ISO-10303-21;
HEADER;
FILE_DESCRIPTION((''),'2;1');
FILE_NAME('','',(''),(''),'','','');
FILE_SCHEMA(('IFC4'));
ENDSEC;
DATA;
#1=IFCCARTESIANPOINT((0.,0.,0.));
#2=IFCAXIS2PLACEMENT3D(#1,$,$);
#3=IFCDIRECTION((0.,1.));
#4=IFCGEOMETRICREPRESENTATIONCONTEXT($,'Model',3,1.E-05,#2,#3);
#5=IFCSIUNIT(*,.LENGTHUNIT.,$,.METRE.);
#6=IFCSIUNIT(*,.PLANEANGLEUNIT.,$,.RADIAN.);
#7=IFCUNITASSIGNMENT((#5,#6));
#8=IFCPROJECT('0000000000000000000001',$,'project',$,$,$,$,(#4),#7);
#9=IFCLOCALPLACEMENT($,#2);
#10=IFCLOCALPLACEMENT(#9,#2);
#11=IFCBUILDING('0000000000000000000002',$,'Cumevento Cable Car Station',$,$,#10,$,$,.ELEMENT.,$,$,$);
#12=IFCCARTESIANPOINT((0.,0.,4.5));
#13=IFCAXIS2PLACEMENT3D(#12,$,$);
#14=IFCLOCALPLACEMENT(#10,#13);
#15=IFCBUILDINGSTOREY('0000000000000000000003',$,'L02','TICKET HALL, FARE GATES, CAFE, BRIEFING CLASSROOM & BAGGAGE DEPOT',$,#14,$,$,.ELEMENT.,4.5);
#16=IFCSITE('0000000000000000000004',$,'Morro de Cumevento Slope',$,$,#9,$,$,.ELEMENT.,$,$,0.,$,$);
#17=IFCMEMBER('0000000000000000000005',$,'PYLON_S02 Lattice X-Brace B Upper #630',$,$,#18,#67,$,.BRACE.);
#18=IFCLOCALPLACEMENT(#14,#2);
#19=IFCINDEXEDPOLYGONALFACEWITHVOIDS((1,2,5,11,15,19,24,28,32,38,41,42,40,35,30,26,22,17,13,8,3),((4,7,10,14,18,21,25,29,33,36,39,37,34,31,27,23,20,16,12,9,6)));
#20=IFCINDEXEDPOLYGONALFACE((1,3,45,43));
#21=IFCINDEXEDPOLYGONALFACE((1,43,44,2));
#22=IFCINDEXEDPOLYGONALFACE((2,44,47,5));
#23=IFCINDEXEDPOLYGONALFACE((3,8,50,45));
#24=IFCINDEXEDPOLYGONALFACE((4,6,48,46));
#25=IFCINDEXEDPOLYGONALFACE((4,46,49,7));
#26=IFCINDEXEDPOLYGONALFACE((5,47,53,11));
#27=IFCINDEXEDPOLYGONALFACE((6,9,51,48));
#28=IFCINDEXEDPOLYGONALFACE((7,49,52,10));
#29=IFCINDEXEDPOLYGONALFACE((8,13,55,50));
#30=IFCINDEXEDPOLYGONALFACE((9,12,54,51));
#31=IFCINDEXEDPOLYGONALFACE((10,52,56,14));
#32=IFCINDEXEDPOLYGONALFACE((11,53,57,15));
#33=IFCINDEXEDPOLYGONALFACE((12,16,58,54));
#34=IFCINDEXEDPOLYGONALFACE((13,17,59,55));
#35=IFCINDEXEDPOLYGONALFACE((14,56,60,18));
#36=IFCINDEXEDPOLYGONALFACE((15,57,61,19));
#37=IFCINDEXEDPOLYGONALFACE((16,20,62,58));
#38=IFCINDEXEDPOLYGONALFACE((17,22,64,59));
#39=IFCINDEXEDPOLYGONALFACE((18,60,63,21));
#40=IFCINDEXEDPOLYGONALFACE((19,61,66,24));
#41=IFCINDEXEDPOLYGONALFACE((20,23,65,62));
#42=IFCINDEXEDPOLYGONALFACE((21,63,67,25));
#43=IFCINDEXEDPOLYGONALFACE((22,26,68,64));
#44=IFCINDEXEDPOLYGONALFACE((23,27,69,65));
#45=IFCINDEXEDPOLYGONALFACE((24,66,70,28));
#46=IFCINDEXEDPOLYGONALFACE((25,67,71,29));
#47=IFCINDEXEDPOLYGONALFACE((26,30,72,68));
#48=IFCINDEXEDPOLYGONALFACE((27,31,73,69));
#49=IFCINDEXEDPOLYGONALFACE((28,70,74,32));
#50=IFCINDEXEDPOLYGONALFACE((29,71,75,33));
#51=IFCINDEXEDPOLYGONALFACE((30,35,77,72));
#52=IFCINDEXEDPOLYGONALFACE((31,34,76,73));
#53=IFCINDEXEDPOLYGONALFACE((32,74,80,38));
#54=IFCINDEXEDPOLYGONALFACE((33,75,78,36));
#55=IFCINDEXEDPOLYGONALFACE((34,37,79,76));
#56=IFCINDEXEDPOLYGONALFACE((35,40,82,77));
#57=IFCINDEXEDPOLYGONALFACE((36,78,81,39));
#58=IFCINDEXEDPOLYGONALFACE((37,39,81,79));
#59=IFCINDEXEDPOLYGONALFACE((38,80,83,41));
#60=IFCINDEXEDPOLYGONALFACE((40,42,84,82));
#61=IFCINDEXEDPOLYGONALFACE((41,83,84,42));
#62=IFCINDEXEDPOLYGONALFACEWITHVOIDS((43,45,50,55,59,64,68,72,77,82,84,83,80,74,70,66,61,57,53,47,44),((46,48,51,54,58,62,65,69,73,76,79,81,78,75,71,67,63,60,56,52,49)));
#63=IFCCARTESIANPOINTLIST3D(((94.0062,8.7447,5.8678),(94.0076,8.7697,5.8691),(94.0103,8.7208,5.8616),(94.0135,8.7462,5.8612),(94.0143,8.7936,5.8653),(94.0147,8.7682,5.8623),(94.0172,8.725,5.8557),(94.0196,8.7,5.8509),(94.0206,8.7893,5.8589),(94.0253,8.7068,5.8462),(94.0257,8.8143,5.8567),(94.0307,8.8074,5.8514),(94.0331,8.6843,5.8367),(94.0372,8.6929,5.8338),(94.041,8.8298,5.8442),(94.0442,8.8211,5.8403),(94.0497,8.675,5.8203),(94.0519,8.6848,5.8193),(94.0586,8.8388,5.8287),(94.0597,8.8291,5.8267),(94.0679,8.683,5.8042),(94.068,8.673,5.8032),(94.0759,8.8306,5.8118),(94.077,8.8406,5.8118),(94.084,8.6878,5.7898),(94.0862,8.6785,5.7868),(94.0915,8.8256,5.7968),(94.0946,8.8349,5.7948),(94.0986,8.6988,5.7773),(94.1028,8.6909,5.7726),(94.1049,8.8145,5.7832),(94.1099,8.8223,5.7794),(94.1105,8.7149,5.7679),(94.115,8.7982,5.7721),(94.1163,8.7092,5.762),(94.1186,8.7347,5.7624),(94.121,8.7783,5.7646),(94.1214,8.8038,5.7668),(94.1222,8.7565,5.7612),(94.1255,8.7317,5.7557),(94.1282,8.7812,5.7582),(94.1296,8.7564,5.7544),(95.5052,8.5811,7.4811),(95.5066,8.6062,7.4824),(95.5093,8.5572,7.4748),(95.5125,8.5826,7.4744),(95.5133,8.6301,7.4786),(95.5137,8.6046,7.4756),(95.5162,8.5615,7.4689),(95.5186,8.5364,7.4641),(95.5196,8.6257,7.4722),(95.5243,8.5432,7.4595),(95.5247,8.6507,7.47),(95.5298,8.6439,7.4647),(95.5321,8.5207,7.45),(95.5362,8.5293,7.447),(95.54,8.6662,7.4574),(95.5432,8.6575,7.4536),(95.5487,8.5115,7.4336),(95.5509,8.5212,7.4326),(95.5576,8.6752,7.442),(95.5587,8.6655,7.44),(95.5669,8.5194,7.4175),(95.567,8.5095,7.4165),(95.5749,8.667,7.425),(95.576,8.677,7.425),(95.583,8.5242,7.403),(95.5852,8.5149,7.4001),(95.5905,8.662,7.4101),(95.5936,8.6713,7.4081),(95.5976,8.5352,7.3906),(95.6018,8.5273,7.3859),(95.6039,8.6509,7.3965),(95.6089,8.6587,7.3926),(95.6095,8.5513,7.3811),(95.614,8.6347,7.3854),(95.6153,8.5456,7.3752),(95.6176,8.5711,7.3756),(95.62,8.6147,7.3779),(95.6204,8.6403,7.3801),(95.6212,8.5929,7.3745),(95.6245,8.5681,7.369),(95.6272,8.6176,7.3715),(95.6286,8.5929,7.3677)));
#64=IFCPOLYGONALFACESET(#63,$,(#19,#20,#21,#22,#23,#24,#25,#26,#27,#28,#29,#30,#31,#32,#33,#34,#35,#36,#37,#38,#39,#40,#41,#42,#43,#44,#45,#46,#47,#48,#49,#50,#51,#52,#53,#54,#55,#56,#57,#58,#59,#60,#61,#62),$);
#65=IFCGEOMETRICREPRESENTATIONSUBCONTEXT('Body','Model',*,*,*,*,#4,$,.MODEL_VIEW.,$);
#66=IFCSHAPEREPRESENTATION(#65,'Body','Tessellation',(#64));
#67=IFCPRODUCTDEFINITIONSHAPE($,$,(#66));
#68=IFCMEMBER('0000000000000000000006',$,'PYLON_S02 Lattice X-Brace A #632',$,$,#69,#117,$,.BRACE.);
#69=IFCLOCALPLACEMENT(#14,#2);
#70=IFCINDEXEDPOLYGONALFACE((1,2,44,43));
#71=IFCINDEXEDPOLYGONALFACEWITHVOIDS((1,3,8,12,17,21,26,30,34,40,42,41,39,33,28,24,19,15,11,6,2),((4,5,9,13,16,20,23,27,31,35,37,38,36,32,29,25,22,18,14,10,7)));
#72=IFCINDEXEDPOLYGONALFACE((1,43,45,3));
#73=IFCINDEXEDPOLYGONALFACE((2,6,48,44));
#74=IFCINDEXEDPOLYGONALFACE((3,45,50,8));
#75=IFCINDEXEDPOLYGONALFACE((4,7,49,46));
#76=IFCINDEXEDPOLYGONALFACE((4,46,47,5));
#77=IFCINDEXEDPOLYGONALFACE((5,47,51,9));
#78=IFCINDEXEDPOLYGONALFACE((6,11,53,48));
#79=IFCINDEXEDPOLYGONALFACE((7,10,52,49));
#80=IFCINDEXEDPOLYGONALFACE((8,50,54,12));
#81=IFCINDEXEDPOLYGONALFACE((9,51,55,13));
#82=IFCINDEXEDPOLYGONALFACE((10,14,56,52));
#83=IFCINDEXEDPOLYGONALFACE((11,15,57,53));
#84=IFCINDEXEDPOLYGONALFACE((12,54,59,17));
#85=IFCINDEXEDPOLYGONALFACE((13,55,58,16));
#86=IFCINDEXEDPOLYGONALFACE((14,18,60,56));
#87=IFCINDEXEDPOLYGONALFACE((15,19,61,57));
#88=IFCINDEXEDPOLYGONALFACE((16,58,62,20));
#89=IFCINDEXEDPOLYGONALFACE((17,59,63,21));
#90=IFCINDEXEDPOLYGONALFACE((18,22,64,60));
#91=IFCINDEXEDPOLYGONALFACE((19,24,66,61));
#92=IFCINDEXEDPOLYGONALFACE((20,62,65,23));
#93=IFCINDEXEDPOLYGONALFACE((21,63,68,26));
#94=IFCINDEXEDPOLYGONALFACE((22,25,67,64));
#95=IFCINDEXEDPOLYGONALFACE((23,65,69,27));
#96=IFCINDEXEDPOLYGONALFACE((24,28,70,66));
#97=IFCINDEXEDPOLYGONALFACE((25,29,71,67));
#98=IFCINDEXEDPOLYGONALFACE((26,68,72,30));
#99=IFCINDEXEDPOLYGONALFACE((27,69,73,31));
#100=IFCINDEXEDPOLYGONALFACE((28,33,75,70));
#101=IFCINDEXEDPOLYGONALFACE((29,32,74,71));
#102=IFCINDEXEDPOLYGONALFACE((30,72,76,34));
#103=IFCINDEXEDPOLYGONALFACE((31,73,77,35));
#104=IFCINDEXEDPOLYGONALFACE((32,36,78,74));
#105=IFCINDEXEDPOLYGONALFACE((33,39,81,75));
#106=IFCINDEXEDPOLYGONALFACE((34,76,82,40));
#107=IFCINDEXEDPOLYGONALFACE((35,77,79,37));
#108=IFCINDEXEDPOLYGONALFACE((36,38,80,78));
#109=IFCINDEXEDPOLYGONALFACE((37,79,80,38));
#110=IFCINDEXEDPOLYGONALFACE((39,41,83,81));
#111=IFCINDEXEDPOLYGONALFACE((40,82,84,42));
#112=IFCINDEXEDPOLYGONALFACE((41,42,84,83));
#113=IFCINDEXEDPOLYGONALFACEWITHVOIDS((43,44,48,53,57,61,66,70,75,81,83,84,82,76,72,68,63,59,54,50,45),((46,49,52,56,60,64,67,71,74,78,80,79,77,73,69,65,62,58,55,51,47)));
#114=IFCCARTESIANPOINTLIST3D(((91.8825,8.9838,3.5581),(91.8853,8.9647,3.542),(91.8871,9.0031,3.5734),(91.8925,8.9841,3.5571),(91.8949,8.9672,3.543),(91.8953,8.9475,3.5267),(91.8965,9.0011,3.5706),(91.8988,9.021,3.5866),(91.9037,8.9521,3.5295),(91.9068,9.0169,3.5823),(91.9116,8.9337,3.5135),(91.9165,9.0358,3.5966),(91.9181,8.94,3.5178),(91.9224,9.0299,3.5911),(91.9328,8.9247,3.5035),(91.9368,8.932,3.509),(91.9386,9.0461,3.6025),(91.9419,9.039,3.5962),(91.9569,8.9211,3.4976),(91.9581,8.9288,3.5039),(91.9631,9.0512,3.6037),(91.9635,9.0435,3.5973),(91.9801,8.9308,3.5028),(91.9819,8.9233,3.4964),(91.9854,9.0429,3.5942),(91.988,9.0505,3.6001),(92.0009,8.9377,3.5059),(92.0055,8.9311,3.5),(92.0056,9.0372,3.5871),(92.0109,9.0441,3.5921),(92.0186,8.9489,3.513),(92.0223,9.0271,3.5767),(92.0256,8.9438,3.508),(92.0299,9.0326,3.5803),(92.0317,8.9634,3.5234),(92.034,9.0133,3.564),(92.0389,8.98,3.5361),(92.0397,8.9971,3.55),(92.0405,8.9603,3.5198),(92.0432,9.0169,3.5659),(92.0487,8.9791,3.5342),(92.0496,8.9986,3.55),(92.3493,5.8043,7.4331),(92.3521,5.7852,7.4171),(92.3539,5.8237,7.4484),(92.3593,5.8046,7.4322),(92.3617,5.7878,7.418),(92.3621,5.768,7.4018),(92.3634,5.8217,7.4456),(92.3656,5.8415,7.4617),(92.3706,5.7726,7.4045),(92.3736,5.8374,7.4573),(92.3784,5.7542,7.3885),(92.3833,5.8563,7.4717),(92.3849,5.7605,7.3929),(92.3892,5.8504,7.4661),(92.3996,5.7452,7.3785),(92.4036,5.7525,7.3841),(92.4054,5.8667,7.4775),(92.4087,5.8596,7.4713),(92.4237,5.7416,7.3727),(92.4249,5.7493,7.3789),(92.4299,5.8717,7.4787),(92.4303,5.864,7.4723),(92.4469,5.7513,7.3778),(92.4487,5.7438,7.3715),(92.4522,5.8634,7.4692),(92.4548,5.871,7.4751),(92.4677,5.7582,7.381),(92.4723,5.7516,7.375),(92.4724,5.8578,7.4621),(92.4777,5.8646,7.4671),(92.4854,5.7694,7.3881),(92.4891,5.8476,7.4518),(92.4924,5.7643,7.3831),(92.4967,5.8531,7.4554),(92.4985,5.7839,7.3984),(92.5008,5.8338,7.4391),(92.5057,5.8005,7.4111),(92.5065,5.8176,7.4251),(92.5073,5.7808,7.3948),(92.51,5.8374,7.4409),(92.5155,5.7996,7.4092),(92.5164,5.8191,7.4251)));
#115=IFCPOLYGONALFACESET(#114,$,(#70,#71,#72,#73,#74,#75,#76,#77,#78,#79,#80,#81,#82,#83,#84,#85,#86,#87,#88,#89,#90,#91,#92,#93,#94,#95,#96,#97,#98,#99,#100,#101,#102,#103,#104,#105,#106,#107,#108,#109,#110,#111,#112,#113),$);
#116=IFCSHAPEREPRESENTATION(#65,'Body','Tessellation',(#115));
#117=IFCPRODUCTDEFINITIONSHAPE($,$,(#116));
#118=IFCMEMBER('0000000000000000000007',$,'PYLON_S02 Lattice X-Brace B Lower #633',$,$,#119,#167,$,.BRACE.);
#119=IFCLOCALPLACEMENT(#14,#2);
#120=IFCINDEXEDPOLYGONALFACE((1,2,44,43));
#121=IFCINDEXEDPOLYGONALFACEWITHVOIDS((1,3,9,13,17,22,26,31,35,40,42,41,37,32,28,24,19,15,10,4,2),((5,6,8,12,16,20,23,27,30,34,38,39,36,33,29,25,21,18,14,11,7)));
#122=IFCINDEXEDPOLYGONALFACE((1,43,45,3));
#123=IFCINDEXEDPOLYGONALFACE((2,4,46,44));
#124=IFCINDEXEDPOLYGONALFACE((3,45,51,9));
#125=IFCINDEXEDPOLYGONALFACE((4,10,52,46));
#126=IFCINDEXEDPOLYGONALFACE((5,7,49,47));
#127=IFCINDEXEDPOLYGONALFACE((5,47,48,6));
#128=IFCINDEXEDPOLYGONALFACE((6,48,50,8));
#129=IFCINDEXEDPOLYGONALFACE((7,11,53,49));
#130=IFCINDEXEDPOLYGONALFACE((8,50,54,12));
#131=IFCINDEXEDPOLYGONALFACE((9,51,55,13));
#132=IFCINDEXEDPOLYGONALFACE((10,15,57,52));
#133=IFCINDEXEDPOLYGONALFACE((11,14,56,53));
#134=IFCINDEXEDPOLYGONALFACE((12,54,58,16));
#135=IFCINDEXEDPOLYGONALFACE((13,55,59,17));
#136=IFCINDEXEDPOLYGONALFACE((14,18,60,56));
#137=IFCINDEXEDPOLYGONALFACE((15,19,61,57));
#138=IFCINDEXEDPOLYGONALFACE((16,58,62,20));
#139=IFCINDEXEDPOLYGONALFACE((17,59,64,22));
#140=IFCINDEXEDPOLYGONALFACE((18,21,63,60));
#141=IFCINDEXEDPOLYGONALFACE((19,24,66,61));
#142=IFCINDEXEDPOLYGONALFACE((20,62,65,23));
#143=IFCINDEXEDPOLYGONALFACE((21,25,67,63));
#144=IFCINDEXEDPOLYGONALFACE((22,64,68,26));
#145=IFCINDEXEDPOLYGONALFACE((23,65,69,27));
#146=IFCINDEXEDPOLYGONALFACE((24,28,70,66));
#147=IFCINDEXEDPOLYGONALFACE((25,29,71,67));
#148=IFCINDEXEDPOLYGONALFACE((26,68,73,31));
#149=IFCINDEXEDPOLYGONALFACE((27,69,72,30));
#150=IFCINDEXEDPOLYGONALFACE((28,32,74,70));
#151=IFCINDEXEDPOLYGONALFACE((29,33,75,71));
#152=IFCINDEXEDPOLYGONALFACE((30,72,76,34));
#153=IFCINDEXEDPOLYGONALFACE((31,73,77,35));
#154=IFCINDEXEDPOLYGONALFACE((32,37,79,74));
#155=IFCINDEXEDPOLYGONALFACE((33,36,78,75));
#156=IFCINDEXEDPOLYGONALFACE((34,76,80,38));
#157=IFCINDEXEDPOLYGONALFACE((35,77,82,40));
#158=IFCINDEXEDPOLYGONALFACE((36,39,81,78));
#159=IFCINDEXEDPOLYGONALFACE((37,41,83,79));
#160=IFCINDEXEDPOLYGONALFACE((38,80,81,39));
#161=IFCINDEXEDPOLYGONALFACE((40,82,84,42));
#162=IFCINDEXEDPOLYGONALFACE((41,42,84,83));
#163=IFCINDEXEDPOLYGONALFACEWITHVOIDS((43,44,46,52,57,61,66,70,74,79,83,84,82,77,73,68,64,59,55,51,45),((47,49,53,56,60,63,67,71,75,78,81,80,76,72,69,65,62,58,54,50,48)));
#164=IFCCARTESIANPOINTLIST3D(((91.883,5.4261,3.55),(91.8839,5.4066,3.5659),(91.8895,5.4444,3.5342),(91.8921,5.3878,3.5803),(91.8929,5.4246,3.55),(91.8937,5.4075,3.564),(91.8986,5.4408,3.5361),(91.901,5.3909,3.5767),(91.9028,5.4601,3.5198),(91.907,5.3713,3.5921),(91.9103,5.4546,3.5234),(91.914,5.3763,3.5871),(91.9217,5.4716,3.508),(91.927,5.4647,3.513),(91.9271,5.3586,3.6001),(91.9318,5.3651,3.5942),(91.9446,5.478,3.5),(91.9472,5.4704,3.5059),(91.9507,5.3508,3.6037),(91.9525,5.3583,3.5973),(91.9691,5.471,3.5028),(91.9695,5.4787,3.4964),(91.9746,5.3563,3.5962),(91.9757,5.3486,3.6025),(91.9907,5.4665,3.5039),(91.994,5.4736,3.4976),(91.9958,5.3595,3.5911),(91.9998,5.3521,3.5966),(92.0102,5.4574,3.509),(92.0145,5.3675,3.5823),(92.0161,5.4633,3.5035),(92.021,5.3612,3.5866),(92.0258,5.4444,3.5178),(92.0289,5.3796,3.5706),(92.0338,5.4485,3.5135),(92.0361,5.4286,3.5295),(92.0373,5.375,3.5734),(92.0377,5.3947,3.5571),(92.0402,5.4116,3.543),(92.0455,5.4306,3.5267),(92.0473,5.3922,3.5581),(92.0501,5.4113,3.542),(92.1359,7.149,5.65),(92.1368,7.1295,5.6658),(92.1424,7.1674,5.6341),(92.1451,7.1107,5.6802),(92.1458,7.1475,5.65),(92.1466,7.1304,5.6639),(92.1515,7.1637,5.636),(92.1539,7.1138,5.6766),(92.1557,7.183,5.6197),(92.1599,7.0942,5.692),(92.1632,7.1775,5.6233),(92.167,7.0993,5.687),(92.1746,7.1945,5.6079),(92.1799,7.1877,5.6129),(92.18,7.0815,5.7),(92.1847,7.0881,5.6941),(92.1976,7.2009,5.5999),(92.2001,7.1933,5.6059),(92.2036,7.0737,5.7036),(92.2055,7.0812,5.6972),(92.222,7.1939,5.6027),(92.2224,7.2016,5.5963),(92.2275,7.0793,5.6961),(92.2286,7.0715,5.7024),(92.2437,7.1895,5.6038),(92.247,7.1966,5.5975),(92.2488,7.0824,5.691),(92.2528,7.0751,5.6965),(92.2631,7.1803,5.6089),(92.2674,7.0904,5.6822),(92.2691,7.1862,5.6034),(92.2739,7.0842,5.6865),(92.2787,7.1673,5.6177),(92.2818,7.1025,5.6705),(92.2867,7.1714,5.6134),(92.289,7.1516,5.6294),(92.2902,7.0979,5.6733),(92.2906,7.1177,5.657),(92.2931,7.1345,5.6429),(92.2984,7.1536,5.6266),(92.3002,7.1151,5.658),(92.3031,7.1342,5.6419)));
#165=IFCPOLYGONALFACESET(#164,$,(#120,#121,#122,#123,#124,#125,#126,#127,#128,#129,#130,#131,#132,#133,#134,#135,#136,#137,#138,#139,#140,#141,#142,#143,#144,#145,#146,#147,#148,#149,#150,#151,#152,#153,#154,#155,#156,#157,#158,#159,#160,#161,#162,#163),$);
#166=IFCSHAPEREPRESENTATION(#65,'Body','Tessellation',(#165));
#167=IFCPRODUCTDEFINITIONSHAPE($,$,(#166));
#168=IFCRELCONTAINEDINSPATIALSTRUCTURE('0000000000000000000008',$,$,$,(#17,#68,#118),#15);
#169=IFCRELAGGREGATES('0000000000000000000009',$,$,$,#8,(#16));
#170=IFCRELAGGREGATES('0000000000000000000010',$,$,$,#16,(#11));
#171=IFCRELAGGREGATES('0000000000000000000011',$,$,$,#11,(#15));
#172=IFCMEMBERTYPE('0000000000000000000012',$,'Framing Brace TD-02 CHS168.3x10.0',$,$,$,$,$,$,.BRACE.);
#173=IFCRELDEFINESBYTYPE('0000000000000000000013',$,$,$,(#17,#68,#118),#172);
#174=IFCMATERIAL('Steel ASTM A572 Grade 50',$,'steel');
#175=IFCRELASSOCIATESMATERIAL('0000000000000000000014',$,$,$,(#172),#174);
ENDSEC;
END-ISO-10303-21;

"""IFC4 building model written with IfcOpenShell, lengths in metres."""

from ifc_helpers import new_model, si_unit, direction, frame, origin, origin_2d, place, context, subcontext, project, spatial, hollow_circle, extrude, material, material_profile, profile_set, type_object, element, save


model = new_model("IFC4")

# Units and contexts
model_context = context("Model", 3, precision=1e-05, world=origin(), true_north=direction((0.0, 1.0)))
body_context = subcontext(model_context, "Body", "Model", "MODEL_VIEW")
ifc_project = project(units=[si_unit("LENGTHUNIT", "METRE"), si_unit("PLANEANGLEUNIT", "RADIAN")], contexts=[model_context])

# Site, building, storey
site_placement = place(None, origin())
site = spatial("IfcSite", under=ifc_project, at=site_placement, Name="Morro de Cumevento Slope", CompositionType="ELEMENT", RefElevation=0.0)
building_placement = place(site_placement, origin())
building = spatial("IfcBuilding", under=site, at=building_placement, Name="Cumevento Cable Car Station", CompositionType="ELEMENT")
storey_placement = place(building_placement, frame((0.0, 0.0, 4.5)))
storey = spatial("IfcBuildingStorey", under=building, at=storey_placement, Name="L02", Description="TICKET HALL, FARE GATES, CAFE, BRIEFING CLASSROOM & BAGGAGE DEPOT", CompositionType="ELEMENT", Elevation=4.5)

# Members
ifc_material_1 = material(Name="Steel ASTM A572 Grade 50", Category="steel")
ifc_material_profile_1 = material_profile(ifc_material_1, hollow_circle(Radius=0.0842, WallThickness=0.01, at=origin_2d()), Name="CHS168.3x10.0")
ifc_profile_set_1 = profile_set([ifc_material_profile_1], Name="Steel ASTM A572 Grade 50")
member_type_1 = type_object("IfcMemberType", Name="Framing Brace TD-02 CHS168.3x10.0", PredefinedType="BRACE", material=ifc_profile_set_1)
member_1_placement = place(storey_placement, frame((94.0679, 8.7568, 5.8118), z_axis=(0.678819, -0.074073, 0.73056), x_axis=(0.108477, 0.994099, 0.0)))
element("IfcMember", 1, at=member_1_placement, inside=storey, type_object=member_type_1, Name="PYLON_S02 Lattice X-Brace B Upper #630", PredefinedType="BRACE", context=body_context, shape_type="SweptSolid", body=[
    extrude(hollow_circle(Radius=0.0842, WallThickness=0.01, at=origin_2d()), origin(), (0.0, 0.0, 1.0), 2.2083),
])
member_2_placement = place(storey_placement, frame((91.9663, 8.9863, 3.55), z_axis=(0.092727, -0.631579, 0.769747), x_axis=(0.989394, 0.14526, 0.0)))
element("IfcMember", 2, at=member_2_placement, inside=storey, type_object=member_type_1, Name="PYLON_S02 Lattice X-Brace A #632", PredefinedType="BRACE", context=body_context, shape_type="SweptSolid", body=[
    extrude(hollow_circle(Radius=0.0842, WallThickness=0.01, at=origin_2d()), origin(), (0.0, 0.0, 1.0), 5.0342),
])
member_3_placement = place(storey_placement, frame((91.9663, 5.4138, 3.55), z_axis=(0.092718, 0.631572, 0.769753), x_axis=(-0.989395, 0.145248, 0.0)))
element("IfcMember", 3, at=member_3_placement, inside=storey, type_object=member_type_1, Name="PYLON_S02 Lattice X-Brace B Lower #633", PredefinedType="BRACE", context=body_context, shape_type="SweptSolid", body=[
    extrude(hollow_circle(Radius=0.0842, WallThickness=0.01, at=origin_2d()), origin(), (0.0, 0.0, 1.0), 2.728),
])

save(model, "model.ifc")
